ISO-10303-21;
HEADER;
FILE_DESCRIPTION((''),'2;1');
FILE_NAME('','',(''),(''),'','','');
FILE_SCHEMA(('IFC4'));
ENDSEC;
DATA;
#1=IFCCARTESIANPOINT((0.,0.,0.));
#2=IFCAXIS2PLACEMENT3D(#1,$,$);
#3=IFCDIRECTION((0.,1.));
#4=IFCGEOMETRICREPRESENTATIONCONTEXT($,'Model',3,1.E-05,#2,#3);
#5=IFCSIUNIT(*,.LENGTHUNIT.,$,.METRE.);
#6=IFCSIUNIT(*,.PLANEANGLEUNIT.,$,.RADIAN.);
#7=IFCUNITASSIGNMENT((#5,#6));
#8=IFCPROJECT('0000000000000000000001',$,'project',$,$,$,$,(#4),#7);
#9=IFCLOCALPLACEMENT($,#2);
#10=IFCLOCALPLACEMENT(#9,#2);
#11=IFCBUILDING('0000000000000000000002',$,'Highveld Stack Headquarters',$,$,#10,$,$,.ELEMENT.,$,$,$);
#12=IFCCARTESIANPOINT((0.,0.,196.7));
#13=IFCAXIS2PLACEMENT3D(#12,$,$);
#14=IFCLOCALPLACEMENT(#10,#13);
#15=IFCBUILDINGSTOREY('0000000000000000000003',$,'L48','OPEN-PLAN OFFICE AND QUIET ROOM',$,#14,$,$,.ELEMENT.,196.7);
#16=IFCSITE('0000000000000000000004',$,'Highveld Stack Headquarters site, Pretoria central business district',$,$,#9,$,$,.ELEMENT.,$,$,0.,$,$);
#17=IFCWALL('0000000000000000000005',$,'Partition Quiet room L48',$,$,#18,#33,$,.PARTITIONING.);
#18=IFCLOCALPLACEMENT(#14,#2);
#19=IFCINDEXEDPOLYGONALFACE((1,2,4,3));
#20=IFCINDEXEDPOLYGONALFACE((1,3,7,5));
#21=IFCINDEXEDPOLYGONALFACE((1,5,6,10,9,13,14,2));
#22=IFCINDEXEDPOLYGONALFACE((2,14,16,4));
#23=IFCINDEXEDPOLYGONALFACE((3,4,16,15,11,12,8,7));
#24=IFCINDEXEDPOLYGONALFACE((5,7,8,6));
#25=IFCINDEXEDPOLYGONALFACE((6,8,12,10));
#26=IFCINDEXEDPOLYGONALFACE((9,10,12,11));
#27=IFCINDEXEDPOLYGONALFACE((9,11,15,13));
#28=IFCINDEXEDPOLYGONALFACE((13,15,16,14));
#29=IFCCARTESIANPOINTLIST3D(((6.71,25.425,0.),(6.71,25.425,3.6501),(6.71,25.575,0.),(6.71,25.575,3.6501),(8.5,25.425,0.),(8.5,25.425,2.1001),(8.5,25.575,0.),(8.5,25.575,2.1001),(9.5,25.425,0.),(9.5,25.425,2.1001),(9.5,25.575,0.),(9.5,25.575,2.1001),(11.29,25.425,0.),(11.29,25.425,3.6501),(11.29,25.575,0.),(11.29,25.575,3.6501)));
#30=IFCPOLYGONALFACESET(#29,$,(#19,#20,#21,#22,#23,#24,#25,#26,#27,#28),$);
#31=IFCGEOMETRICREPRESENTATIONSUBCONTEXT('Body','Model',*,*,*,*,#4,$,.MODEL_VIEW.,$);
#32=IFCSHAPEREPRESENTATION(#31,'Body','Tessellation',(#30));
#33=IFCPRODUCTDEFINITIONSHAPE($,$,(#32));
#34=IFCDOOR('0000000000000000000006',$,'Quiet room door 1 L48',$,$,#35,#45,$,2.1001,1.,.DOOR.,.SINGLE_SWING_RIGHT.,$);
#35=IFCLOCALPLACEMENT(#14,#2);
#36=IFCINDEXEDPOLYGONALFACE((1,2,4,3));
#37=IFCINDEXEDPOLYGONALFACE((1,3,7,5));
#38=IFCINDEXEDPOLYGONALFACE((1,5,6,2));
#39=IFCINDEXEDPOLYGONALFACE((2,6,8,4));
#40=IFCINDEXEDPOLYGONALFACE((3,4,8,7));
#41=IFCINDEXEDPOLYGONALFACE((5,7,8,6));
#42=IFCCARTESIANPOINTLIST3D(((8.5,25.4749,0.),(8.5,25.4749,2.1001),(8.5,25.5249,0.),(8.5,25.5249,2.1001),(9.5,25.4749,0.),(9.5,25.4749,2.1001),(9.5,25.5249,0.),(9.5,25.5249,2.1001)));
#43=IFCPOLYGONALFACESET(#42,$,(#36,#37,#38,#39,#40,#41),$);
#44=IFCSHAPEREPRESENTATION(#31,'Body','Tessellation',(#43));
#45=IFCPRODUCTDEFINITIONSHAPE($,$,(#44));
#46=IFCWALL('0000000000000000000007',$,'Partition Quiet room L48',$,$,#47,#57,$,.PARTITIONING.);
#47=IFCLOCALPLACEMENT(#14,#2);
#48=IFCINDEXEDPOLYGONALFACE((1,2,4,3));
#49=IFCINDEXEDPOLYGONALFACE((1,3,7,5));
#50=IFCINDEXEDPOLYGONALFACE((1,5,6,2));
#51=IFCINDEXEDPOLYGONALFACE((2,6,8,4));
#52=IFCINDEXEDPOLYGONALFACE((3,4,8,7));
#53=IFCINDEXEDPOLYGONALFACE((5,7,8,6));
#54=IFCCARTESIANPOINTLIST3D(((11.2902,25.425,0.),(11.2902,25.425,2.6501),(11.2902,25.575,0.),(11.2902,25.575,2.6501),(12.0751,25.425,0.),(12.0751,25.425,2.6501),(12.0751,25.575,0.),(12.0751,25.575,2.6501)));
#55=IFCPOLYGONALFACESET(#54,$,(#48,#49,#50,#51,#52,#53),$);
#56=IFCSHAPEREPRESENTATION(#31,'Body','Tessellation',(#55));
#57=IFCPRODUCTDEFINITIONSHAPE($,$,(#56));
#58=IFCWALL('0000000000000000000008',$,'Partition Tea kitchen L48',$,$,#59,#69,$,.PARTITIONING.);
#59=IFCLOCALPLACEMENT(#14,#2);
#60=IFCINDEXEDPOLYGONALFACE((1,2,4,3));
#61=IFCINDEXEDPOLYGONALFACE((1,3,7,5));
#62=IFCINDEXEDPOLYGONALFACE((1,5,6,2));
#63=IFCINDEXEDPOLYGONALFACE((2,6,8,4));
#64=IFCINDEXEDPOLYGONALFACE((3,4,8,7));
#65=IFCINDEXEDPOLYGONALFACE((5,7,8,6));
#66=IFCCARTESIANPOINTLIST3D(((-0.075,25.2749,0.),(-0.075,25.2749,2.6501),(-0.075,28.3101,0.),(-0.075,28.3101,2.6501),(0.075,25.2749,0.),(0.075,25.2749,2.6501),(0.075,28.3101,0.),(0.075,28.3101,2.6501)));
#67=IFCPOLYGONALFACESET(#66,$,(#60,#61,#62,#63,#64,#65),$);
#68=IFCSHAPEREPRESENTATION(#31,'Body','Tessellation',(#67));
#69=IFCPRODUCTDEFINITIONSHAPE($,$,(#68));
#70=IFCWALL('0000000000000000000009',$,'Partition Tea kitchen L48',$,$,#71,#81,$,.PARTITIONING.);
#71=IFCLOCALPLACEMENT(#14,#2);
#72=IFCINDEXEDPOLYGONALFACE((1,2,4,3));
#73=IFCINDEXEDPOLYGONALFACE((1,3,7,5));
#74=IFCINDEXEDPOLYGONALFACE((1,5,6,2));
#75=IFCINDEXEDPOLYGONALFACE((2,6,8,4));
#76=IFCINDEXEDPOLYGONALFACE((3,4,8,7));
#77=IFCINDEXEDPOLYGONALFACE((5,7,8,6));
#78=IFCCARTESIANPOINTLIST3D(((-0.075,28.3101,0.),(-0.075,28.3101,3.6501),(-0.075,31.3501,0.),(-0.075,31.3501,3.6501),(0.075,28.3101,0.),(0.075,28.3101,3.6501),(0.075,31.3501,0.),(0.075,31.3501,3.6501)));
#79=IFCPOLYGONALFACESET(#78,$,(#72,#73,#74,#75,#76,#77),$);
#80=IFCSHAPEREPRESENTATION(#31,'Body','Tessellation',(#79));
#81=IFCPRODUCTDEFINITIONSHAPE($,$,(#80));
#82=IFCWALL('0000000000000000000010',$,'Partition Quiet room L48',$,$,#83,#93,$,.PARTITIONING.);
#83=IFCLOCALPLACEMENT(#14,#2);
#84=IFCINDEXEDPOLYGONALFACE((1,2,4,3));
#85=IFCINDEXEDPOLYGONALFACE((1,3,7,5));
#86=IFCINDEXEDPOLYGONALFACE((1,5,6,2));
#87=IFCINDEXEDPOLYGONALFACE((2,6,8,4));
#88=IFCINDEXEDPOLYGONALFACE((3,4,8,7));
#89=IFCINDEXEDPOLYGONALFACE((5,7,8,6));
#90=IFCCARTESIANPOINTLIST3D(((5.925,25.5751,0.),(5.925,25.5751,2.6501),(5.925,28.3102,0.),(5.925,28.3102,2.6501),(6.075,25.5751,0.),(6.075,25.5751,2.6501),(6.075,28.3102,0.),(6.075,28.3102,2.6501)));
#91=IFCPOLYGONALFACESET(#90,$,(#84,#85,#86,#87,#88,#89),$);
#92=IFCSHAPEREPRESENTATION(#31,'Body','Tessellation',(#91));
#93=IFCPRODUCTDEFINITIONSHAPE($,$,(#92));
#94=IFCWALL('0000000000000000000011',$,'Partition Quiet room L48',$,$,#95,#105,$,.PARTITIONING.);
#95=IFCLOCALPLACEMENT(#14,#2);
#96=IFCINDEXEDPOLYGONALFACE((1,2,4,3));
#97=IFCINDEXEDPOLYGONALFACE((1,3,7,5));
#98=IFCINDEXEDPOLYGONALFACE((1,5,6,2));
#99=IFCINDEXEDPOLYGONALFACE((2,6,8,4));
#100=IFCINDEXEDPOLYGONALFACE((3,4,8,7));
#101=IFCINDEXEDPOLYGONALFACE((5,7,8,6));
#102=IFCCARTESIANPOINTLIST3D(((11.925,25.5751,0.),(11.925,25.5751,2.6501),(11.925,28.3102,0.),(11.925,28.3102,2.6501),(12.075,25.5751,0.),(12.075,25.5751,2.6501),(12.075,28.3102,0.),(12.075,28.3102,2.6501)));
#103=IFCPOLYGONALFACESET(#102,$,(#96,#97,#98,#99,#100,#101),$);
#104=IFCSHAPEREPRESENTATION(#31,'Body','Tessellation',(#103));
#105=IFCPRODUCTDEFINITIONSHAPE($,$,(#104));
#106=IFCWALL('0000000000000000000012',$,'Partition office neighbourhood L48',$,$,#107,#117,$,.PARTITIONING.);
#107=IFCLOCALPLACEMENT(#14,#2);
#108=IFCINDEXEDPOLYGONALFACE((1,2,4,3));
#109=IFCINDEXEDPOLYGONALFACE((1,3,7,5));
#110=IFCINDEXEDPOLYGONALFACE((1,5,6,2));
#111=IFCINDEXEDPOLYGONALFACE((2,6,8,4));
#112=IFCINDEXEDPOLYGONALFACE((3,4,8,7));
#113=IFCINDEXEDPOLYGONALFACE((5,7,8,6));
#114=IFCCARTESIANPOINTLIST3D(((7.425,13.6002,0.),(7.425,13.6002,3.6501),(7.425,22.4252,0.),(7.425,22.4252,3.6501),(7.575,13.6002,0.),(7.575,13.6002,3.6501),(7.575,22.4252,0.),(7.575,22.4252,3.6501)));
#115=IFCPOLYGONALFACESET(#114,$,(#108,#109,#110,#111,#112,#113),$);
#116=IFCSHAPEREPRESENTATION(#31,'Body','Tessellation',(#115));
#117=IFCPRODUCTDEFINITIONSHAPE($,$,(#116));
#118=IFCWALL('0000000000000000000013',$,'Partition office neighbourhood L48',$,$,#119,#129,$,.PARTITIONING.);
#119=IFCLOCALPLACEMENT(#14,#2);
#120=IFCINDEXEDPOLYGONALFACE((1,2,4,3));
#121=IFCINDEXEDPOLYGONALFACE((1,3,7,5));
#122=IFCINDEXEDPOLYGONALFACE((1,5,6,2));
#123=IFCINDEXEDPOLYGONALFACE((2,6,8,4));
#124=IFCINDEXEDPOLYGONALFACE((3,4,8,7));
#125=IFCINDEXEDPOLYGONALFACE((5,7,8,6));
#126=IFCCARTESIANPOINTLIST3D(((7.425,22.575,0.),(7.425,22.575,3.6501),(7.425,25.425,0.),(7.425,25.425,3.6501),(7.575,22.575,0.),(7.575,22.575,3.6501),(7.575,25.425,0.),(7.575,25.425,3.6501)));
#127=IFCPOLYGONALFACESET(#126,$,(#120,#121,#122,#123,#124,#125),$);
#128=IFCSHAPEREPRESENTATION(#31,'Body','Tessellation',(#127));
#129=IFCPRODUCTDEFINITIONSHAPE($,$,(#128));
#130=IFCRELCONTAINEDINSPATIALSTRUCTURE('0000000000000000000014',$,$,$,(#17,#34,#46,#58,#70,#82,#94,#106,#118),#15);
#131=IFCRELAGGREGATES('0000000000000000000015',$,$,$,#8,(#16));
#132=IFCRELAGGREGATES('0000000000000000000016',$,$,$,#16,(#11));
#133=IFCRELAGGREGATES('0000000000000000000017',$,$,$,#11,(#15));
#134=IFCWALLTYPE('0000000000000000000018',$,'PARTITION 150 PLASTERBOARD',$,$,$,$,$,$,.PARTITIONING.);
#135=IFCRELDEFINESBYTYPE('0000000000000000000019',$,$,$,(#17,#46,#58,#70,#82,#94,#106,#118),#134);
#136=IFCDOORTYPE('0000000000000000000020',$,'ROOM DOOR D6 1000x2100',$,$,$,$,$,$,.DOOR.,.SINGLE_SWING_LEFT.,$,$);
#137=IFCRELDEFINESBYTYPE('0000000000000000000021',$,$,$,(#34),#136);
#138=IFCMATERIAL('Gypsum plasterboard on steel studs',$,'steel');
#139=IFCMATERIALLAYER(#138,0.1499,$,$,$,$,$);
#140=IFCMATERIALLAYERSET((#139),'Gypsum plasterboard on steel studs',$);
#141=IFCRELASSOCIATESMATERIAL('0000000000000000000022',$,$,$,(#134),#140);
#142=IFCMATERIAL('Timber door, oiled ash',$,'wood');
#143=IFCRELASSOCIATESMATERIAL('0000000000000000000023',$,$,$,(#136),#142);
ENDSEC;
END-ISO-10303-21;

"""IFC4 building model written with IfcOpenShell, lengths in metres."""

from ifc_helpers import new_model, si_unit, direction, frame, frame_2d, origin, place, context, subcontext, project, spatial, rectangle, extrude, material, layer, layer_set, type_object, element, fill, save


model = new_model("IFC4")

# Units and contexts
model_context = context("Model", 3, precision=1e-05, world=origin(), true_north=direction((0.0, 1.0)))
body_context = subcontext(model_context, "Body", "Model", "MODEL_VIEW")
ifc_project = project(units=[si_unit("LENGTHUNIT", "METRE"), si_unit("PLANEANGLEUNIT", "RADIAN")], contexts=[model_context])

# Site, building, storey
site_placement = place(None, origin())
site = spatial("IfcSite", under=ifc_project, at=site_placement, Name="Highveld Stack Headquarters site, Pretoria central business district", CompositionType="ELEMENT", RefElevation=0.0)
building_placement = place(site_placement, origin())
building = spatial("IfcBuilding", under=site, at=building_placement, Name="Highveld Stack Headquarters", CompositionType="ELEMENT")
storey_placement = place(building_placement, frame((0.0, 0.0, 196.7)))
storey = spatial("IfcBuildingStorey", under=building, at=storey_placement, Name="L48", Description="OPEN-PLAN OFFICE AND QUIET ROOM", CompositionType="ELEMENT", Elevation=196.7)

# Shared definitions
ifc_material_1 = material(Name="Gypsum plasterboard on steel studs", Category="steel")
ifc_layer = layer(ifc_material_1, 0.1499)
ifc_layer_set = layer_set([ifc_layer], Name="Gypsum plasterboard on steel studs")
wall_type = type_object("IfcWallType", Name="PARTITION 150 PLASTERBOARD", PredefinedType="PARTITIONING", material=ifc_layer_set)

# Wall, opening, door
wall_1_placement = place(storey_placement, frame((6.71, 25.5, 0.0), z_axis=(0.0, 0.0, 1.0), x_axis=(1.0, 0.0, 0.0)))
wall_1 = element("IfcWall", 1, at=wall_1_placement, inside=storey, type_object=wall_type, Name="Partition Quiet room L48", PredefinedType="PARTITIONING", context=body_context, shape_type="SweptSolid", body=[
    extrude(rectangle(XDim=4.5801, YDim=0.1499, at=frame_2d((2.29, 0.0))), origin(), (0.0, 0.0, 1.0), 3.6501),
])
opening_placement = place(wall_1_placement, frame((1.79, 0.0, 0.0)))
opening = element("IfcOpeningElement", 2, at=opening_placement, cuts=wall_1, PredefinedType="OPENING", context=body_context, shape_type="SweptSolid", body=[
    extrude(rectangle(XDim=1.0, YDim=2.1001, at=frame_2d((0.5, 1.05))), frame((0.0, 0.085, 0.0), z_axis=(0.0, -1.0, 0.0), x_axis=(1.0, 0.0, 0.0)), (0.0, 0.0, 1.0), 0.1699),
])
ifc_material_2 = material(Name="Timber door, oiled ash", Category="wood")
door_type = type_object("IfcDoorType", Name="ROOM DOOR D6 1000x2100", OperationType="SINGLE_SWING_LEFT", PredefinedType="DOOR", material=ifc_material_2)
door_placement = place(opening_placement, origin())
door = element("IfcDoor", 3, at=door_placement, inside=storey, type_object=door_type, Name="Quiet room door 1 L48", OperationType="SINGLE_SWING_RIGHT", OverallHeight=2.1001, OverallWidth=1.0, PredefinedType="DOOR", context=body_context, shape_type="SweptSolid", body=[
    extrude(rectangle(XDim=1.0, YDim=2.1001, at=frame_2d((0.5, 1.05))), frame((0.0, 0.0249, 0.0), z_axis=(0.0, -1.0, 0.0), x_axis=(1.0, 0.0, 0.0)), (0.0, 0.0, 1.0), 0.05),
])
fill(opening, door)

# Walls
wall_2_placement = place(storey_placement, frame((11.29, 25.5, 0.0), z_axis=(0.0, 0.0, 1.0), x_axis=(1.0, 0.0, 0.0)))
element("IfcWall", 4, at=wall_2_placement, inside=storey, type_object=wall_type, Name="Partition Quiet room L48", PredefinedType="PARTITIONING", context=body_context, shape_type="SweptSolid", body=[
    extrude(rectangle(XDim=0.7849, YDim=0.1499, at=frame_2d((0.3926, 0.0))), origin(), (0.0, 0.0, 1.0), 2.6501),
])
wall_3_placement = place(storey_placement, frame((0.0, 25.2749, 0.0), z_axis=(0.0, 0.0, 1.0), x_axis=(0.0, 1.0, 0.0)))
element("IfcWall", 5, at=wall_3_placement, inside=storey, type_object=wall_type, Name="Partition Tea kitchen L48", PredefinedType="PARTITIONING", context=body_context, shape_type="SweptSolid", body=[
    extrude(rectangle(XDim=3.0352, YDim=0.1499, at=frame_2d((1.5176, 0.0))), origin(), (0.0, 0.0, 1.0), 2.6501),
])
wall_4_placement = place(storey_placement, frame((0.0, 28.3101, 0.0), z_axis=(0.0, 0.0, 1.0), x_axis=(0.0, 1.0, 0.0)))
element("IfcWall", 6, at=wall_4_placement, inside=storey, type_object=wall_type, Name="Partition Tea kitchen L48", PredefinedType="PARTITIONING", context=body_context, shape_type="SweptSolid", body=[
    extrude(rectangle(XDim=3.04, YDim=0.1499, at=frame_2d((1.52, 0.0))), origin(), (0.0, 0.0, 1.0), 3.6501),
])
for number, where, z_axis, x_axis, name in (
    (7, (6.0, 25.575, 0.0), (0.0, 0.0, 1.0), (0.0, 1.0, 0.0), "Partition Quiet room L48"),
    (8, (12.0, 25.575, 0.0), (0.0, 0.0, 1.0), (0.0, 1.0, 0.0), "Partition Quiet room L48"),
):
    element("IfcWall", number, at=place(storey_placement, frame(where, z_axis=z_axis, x_axis=x_axis)), inside=storey, type_object=wall_type, Name=name, PredefinedType="PARTITIONING", context=body_context, shape_type="SweptSolid", body=[
        extrude(rectangle(XDim=2.7351, YDim=0.1499, at=frame_2d((1.3677, 0.0))), origin(), (0.0, 0.0, 1.0), 2.6501),
    ])
wall_5_placement = place(storey_placement, frame((7.5, 13.6001, 0.0), z_axis=(0.0, 0.0, 1.0), x_axis=(0.0, 1.0, 0.0)))
element("IfcWall", 9, at=wall_5_placement, inside=storey, type_object=wall_type, Name="Partition office neighbourhood L48", PredefinedType="PARTITIONING", context=body_context, shape_type="SweptSolid", body=[
    extrude(rectangle(XDim=8.825, YDim=0.1499, at=frame_2d((4.4126, 0.0))), origin(), (0.0, 0.0, 1.0), 3.6501),
])
wall_6_placement = place(storey_placement, frame((7.5, 22.575, 0.0), z_axis=(0.0, 0.0, 1.0), x_axis=(0.0, 1.0, 0.0)))
element("IfcWall", 10, at=wall_6_placement, inside=storey, type_object=wall_type, Name="Partition office neighbourhood L48", PredefinedType="PARTITIONING", context=body_context, shape_type="SweptSolid", body=[
    extrude(rectangle(XDim=2.8501, YDim=0.1499, at=frame_2d((1.425, 0.0))), origin(), (0.0, 0.0, 1.0), 3.6501),
])

save(model, "model.ifc")
